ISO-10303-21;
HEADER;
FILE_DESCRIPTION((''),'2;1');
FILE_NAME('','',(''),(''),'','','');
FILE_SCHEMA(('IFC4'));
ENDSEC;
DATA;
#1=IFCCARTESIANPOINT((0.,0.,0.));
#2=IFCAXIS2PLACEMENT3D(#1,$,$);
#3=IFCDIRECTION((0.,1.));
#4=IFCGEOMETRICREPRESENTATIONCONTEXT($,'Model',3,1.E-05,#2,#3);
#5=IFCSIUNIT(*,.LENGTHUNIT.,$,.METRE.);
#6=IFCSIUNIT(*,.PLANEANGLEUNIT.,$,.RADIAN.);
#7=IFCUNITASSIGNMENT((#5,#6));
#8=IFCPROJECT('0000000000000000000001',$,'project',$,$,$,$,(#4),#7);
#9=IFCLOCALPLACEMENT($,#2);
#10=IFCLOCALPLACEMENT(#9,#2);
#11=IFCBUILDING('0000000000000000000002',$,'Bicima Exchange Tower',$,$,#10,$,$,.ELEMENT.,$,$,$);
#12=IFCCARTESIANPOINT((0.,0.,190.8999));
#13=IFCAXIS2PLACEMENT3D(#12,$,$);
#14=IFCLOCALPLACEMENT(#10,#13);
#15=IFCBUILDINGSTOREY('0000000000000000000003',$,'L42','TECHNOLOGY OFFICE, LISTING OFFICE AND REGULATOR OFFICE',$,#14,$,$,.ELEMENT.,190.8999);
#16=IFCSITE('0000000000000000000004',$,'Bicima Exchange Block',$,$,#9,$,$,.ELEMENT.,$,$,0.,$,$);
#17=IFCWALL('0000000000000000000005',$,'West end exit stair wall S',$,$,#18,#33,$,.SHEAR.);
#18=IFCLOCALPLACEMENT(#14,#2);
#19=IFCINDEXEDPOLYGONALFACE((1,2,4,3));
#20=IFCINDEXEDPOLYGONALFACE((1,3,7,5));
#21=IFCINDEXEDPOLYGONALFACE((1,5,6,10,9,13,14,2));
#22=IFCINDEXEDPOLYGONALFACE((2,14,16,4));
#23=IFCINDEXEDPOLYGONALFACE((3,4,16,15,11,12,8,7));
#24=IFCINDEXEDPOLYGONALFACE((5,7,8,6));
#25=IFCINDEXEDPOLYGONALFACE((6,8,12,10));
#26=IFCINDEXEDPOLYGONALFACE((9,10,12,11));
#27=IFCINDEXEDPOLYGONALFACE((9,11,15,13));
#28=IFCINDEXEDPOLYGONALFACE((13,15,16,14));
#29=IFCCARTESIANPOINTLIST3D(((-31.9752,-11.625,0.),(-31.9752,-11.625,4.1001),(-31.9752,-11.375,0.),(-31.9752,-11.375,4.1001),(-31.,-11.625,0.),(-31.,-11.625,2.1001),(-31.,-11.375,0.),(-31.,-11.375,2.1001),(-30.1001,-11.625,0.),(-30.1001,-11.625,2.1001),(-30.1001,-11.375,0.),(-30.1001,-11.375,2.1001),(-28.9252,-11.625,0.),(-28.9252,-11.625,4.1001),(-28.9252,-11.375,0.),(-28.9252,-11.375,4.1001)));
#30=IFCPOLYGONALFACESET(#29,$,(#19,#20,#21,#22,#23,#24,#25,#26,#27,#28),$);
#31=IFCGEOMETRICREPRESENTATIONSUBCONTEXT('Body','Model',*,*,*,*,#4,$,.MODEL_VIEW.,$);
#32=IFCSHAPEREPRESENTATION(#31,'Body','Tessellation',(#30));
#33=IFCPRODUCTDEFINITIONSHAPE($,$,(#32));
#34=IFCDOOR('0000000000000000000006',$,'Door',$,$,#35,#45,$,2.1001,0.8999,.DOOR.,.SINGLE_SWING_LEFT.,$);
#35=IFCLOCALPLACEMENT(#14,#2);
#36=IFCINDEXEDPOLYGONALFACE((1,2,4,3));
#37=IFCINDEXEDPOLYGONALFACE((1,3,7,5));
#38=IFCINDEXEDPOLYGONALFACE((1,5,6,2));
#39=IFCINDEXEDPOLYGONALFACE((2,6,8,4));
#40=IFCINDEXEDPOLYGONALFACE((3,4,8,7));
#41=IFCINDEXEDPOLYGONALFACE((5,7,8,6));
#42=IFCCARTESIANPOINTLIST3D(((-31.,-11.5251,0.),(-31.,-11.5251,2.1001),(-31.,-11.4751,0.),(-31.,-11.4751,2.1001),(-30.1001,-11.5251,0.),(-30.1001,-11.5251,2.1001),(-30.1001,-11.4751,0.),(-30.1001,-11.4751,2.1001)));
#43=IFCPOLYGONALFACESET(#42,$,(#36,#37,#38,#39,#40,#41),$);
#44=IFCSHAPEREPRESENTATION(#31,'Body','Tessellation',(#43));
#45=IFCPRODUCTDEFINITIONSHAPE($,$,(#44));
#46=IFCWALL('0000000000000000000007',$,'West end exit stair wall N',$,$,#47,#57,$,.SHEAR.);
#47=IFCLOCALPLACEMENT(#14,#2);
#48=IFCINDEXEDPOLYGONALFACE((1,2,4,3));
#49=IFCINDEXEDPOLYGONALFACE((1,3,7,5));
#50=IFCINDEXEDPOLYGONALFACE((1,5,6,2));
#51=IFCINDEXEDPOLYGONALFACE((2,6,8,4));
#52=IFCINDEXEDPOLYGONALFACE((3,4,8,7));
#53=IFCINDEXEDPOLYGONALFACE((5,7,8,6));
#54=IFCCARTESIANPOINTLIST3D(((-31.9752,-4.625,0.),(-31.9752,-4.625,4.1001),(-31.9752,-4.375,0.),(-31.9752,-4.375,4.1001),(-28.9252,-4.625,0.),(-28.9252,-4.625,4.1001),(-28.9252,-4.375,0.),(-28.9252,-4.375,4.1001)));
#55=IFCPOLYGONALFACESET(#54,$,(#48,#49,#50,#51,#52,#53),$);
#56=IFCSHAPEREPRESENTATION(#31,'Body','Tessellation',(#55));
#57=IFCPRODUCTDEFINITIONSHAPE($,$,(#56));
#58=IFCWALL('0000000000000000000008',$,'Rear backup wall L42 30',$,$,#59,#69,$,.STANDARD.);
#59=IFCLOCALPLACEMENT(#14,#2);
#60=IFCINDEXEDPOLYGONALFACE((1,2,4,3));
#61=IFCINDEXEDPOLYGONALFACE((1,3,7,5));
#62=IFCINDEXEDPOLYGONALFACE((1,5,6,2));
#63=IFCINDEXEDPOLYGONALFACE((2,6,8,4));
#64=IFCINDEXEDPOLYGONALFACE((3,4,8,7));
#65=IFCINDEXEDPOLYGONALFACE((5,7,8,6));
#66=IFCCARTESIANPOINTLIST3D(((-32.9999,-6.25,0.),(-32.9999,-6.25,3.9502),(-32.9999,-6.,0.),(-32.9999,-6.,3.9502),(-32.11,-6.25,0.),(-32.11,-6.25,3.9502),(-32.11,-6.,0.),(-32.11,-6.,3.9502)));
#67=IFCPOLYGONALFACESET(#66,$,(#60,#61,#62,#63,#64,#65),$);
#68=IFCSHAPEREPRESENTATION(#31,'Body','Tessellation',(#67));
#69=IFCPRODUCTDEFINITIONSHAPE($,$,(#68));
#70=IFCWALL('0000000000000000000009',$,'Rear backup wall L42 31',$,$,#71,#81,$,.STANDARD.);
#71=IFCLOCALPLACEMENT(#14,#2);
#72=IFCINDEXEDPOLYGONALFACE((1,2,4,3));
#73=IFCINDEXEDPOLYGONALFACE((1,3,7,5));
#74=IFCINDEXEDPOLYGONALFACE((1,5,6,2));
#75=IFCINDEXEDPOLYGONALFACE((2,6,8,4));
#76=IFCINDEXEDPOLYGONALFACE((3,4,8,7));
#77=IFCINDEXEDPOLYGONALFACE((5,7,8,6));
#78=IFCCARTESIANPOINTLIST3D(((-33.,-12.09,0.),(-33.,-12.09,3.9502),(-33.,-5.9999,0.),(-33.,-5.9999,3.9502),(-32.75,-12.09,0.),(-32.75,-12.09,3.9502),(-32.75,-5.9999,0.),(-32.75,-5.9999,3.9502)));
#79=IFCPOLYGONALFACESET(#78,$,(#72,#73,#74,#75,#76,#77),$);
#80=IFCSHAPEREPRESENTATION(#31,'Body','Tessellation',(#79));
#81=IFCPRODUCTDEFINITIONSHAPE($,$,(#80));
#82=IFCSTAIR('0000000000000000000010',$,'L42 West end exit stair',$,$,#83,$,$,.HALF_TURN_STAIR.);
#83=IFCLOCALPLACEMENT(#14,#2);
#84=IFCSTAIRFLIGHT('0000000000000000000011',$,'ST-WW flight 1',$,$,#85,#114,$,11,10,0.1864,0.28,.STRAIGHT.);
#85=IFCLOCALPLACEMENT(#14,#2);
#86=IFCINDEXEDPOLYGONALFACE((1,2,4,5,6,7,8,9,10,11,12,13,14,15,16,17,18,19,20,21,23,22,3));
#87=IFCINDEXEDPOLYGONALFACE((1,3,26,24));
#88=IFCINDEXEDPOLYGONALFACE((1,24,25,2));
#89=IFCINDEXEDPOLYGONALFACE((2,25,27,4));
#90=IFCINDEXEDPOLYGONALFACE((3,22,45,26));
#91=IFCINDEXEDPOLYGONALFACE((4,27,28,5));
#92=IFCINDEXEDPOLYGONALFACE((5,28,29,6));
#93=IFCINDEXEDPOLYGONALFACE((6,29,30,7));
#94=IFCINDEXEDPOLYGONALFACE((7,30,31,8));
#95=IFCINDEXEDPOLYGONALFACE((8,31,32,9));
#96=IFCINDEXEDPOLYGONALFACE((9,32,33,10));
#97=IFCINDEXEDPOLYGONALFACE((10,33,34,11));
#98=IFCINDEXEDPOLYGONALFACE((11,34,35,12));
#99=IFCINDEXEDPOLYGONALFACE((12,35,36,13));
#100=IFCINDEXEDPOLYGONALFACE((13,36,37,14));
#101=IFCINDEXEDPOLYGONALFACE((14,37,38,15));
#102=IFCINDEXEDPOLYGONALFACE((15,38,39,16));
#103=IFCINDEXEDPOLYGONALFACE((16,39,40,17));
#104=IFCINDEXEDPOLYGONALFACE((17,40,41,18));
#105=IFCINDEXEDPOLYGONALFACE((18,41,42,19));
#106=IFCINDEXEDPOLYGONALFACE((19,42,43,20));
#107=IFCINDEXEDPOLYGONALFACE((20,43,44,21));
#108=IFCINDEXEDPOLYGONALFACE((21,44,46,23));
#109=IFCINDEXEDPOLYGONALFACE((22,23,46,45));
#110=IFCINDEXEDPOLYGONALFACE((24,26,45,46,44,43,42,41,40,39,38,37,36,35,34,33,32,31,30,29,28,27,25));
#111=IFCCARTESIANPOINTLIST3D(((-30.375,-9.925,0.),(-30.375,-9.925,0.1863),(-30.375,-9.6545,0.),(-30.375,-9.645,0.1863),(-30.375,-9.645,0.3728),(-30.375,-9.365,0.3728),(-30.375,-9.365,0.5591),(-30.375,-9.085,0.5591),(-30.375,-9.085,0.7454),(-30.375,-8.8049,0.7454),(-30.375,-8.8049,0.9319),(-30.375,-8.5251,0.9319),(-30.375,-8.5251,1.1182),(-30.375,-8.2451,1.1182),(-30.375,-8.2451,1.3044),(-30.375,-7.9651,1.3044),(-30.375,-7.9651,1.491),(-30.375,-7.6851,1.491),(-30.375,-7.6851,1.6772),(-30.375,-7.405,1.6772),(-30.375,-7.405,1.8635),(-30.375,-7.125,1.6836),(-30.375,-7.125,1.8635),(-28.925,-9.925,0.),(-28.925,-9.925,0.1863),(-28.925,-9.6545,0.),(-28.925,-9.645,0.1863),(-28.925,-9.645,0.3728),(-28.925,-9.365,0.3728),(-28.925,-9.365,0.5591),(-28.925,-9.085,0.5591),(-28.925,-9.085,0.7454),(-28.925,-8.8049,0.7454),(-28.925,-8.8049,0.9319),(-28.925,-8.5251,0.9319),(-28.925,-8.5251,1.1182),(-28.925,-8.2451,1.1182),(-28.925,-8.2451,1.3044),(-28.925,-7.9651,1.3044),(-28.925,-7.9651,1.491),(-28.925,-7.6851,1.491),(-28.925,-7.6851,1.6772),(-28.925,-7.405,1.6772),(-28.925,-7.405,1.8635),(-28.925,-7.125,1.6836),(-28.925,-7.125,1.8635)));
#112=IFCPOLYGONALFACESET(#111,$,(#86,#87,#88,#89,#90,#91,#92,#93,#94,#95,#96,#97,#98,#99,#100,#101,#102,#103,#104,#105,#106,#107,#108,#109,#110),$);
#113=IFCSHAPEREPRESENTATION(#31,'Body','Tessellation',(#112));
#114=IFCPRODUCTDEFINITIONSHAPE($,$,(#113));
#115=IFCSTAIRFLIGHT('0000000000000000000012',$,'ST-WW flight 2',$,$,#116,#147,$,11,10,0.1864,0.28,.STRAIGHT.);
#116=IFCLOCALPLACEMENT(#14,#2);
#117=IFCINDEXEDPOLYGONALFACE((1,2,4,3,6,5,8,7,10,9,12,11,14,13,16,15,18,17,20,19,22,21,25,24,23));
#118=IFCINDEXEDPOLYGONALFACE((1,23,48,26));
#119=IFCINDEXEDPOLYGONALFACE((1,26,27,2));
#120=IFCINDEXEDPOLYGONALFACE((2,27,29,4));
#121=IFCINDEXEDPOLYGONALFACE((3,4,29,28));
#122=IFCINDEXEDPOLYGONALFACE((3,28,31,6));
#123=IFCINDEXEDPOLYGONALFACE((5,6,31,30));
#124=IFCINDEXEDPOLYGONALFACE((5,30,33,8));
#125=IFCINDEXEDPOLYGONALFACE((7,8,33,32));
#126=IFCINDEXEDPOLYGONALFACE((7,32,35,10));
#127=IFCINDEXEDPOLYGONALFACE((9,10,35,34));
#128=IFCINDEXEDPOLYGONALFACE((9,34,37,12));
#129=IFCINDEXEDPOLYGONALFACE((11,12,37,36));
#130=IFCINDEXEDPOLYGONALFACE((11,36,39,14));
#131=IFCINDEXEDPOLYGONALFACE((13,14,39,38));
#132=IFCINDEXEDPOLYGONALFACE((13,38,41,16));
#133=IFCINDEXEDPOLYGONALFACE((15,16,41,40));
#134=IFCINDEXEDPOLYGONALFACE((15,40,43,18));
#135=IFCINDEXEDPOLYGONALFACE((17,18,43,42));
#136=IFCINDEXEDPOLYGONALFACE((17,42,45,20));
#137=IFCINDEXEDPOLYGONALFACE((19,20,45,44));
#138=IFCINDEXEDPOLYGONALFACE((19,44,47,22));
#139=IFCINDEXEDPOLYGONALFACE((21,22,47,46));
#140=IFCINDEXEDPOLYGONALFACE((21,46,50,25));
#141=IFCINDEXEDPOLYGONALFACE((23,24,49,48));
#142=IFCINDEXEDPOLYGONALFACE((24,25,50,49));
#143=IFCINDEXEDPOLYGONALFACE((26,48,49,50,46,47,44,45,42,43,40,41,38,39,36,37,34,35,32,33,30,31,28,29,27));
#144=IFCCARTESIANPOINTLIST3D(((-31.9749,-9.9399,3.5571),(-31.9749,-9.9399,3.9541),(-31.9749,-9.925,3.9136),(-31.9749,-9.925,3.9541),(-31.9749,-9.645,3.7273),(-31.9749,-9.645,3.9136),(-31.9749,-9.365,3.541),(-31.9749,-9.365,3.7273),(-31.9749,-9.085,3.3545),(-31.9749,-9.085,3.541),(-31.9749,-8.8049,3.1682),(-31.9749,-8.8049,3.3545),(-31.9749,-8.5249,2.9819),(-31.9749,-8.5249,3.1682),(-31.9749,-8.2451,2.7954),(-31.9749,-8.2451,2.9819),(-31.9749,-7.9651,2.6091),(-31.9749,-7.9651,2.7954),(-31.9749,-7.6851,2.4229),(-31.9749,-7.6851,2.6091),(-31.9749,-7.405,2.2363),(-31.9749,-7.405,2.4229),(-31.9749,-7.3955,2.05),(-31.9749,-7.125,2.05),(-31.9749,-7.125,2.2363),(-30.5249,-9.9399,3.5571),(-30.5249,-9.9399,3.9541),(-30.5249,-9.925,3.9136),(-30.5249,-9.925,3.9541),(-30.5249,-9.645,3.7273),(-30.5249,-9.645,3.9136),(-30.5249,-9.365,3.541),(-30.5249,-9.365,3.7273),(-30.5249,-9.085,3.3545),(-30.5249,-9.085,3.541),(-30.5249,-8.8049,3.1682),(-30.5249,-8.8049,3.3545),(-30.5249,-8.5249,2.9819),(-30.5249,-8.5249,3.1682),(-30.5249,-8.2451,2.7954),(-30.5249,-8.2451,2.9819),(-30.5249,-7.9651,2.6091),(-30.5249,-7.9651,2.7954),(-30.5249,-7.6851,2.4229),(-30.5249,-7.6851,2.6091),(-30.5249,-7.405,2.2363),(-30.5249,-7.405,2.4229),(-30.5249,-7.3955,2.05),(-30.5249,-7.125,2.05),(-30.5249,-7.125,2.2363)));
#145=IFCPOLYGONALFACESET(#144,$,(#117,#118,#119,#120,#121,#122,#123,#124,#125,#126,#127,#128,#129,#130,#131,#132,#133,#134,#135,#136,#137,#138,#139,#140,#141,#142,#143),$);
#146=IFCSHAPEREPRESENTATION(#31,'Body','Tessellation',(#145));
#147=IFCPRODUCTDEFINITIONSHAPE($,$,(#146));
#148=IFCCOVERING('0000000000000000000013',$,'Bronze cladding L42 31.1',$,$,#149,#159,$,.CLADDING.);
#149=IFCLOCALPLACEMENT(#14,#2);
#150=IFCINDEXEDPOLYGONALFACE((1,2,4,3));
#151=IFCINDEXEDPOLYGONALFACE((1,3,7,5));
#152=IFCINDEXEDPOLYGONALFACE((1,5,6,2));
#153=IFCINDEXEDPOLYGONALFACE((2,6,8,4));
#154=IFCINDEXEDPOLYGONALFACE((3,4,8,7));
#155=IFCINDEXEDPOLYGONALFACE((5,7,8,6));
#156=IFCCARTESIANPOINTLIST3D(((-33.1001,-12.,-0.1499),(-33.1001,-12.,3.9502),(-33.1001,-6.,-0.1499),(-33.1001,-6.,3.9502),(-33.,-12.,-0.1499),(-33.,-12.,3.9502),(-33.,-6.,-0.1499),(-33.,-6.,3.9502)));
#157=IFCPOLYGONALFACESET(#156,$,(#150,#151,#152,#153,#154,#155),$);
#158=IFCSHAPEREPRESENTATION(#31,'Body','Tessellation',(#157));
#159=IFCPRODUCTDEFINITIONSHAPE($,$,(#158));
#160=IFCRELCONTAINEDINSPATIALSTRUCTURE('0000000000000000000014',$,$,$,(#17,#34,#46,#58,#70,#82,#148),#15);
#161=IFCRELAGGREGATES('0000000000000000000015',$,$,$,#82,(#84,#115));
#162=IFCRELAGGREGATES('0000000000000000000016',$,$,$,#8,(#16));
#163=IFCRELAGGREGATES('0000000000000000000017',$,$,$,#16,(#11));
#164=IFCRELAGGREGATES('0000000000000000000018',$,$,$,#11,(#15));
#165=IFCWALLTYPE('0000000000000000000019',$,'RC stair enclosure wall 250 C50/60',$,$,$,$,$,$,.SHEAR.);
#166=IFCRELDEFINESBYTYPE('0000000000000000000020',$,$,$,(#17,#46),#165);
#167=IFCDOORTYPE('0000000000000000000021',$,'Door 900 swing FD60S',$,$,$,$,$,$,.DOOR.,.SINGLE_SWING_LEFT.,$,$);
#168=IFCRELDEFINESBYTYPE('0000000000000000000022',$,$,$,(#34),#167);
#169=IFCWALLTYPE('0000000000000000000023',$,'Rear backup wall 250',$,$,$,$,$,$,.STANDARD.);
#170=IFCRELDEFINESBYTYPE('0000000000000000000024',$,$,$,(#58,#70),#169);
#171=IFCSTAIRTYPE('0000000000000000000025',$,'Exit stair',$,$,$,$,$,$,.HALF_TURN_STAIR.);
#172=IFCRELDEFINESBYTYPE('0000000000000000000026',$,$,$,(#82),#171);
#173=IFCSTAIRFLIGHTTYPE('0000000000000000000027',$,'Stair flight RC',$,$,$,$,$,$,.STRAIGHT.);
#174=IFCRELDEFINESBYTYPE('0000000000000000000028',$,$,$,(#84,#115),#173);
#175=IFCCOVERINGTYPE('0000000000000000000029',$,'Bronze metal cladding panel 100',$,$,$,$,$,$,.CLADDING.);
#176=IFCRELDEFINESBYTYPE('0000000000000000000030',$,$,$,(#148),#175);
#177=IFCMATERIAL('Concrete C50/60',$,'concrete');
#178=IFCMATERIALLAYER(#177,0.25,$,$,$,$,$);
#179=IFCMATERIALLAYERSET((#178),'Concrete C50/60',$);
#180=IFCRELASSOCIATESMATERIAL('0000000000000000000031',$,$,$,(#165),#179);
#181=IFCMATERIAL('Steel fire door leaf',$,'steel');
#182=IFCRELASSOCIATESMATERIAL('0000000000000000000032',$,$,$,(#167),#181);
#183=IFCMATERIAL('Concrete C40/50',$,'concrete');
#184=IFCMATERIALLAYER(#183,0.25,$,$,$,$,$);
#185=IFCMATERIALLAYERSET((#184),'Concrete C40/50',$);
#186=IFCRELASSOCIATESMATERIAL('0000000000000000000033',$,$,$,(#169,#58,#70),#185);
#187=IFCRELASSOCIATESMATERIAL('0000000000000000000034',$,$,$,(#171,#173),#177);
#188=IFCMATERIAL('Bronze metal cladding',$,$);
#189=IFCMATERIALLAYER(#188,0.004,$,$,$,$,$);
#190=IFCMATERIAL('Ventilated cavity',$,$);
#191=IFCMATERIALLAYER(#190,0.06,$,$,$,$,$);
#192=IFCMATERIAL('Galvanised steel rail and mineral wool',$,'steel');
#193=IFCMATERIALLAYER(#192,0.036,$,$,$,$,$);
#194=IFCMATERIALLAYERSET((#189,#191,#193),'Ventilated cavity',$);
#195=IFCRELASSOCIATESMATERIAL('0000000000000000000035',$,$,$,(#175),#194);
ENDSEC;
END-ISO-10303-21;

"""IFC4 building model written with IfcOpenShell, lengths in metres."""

from ifc_helpers import new_model, si_unit, direction, frame, frame_2d, origin, origin_2d, place, context, subcontext, project, spatial, polyline, rectangle, outline, extrude, material, layer, layer_set, layer_usage, type_object, element, fill, aggregate, save


model = new_model("IFC4")

# Units and contexts
model_context = context("Model", 3, precision=1e-05, world=origin(), true_north=direction((0.0, 1.0)))
body_context = subcontext(model_context, "Body", "Model", "MODEL_VIEW")
ifc_project = project(units=[si_unit("LENGTHUNIT", "METRE"), si_unit("PLANEANGLEUNIT", "RADIAN")], contexts=[model_context])

# Site, building, storey
site_placement = place(None, origin())
site = spatial("IfcSite", under=ifc_project, at=site_placement, Name="Bicima Exchange Block", CompositionType="ELEMENT", RefElevation=0.0)
building_placement = place(site_placement, origin())
building = spatial("IfcBuilding", under=site, at=building_placement, Name="Bicima Exchange Tower", CompositionType="ELEMENT")
storey_placement = place(building_placement, frame((0.0, 0.0, 190.8999)))
storey = spatial("IfcBuildingStorey", under=building, at=storey_placement, Name="L42", Description="TECHNOLOGY OFFICE, LISTING OFFICE AND REGULATOR OFFICE", CompositionType="ELEMENT", Elevation=190.8999)

# Shared definitions
ifc_material_1 = material(Name="Concrete C50/60", Category="concrete")
ifc_layer_1 = layer(ifc_material_1, 0.25)
ifc_layer_set_1 = layer_set([ifc_layer_1], Name="Concrete C50/60")
wall_type_1 = type_object("IfcWallType", Name="RC stair enclosure wall 250 C50/60", PredefinedType="SHEAR", material=ifc_layer_set_1)

# Wall, opening, door
wall_1_placement = place(storey_placement, frame((-31.9751, -11.5, 0.0), z_axis=(0.0, 0.0, 1.0), x_axis=(1.0, 0.0, 0.0)))
wall_1 = element("IfcWall", 1, at=wall_1_placement, inside=storey, type_object=wall_type_1, Name="West end exit stair wall S", PredefinedType="SHEAR", context=body_context, shape_type="SweptSolid", body=[
    extrude(rectangle(XDim=3.05, YDim=0.25, at=frame_2d((1.5249, 0.0))), origin(), (0.0, 0.0, 1.0), 4.1001),
])
opening_placement = place(wall_1_placement, frame((0.9751, 0.0, 0.0)))
opening = element("IfcOpeningElement", 2, at=opening_placement, cuts=wall_1, PredefinedType="OPENING", context=body_context, shape_type="SweptSolid", body=[
    extrude(rectangle(XDim=0.8999, YDim=2.1001, at=frame_2d((0.45, 1.05))), frame((0.0, 0.137, 0.0), z_axis=(0.0, -1.0, 0.0), x_axis=(1.0, 0.0, 0.0)), (0.0, 0.0, 1.0), 0.2739),
])
ifc_material_2 = material(Name="Steel fire door leaf", Category="steel")
door_type = type_object("IfcDoorType", Name="Door 900 swing FD60S", OperationType="SINGLE_SWING_LEFT", PredefinedType="DOOR", material=ifc_material_2)
door_placement = place(opening_placement, origin())
door = element("IfcDoor", 3, at=door_placement, inside=storey, type_object=door_type, Name="Door", OperationType="SINGLE_SWING_LEFT", OverallHeight=2.1001, OverallWidth=0.8999, PredefinedType="DOOR", context=body_context, shape_type="SweptSolid", body=[
    extrude(rectangle(XDim=0.8999, YDim=2.1001, at=frame_2d((0.45, 1.05))), frame((0.0, 0.0249, 0.0), z_axis=(0.0, -1.0, 0.0), x_axis=(1.0, 0.0, 0.0)), (0.0, 0.0, 1.0), 0.05),
])
fill(opening, door)

# Walls
wall_2_placement = place(storey_placement, frame((-31.9751, -4.5, 0.0), z_axis=(0.0, 0.0, 1.0), x_axis=(1.0, 0.0, 0.0)))
element("IfcWall", 4, at=wall_2_placement, inside=storey, type_object=wall_type_1, Name="West end exit stair wall N", PredefinedType="SHEAR", context=body_context, shape_type="SweptSolid", body=[
    extrude(rectangle(XDim=3.05, YDim=0.25, at=frame_2d((1.5249, 0.0))), origin(), (0.0, 0.0, 1.0), 4.1001),
])
ifc_material_3 = material(Name="Concrete C40/50", Category="concrete")
ifc_layer_2 = layer(ifc_material_3, 0.25)
ifc_layer_set_2 = layer_set([ifc_layer_2], Name="Concrete C40/50")
ifc_layer_usage = layer_usage(ifc_layer_set_2, "AXIS2", "POSITIVE", -0.125)
wall_type_2 = type_object("IfcWallType", Name="Rear backup wall 250", PredefinedType="STANDARD", material=ifc_layer_set_2)
wall_3_placement = place(storey_placement, frame((-32.1101, -6.125, 0.0), z_axis=(0.0, 0.0, 1.0), x_axis=(-1.0, 0.0, 0.0)))
element("IfcWall", 5, at=wall_3_placement, inside=storey, type_object=wall_type_2, material=ifc_layer_usage, Name="Rear backup wall L42 30", PredefinedType="STANDARD", context=body_context, shape_type="SweptSolid", body=[
    extrude(rectangle(XDim=0.8899, YDim=0.25, at=frame_2d((0.4448, 0.0))), origin(), (0.0, 0.0, 1.0), 3.9502),
])
wall_4_placement = place(storey_placement, frame((-32.875, -6.0, 0.0), z_axis=(0.0, 0.0, 1.0), x_axis=(0.0, -1.0, 0.0)))
element("IfcWall", 6, at=wall_4_placement, inside=storey, type_object=wall_type_2, material=ifc_layer_usage, Name="Rear backup wall L42 31", PredefinedType="STANDARD", context=body_context, shape_type="SweptSolid", body=[
    extrude(rectangle(XDim=6.0901, YDim=0.25, at=frame_2d((3.0449, 0.0))), origin(), (0.0, 0.0, 1.0), 3.9502),
])

# Stair, stair flights
stair_type = type_object("IfcStairType", Name="Exit stair", PredefinedType="HALF_TURN_STAIR", material=ifc_material_1)
stair_placement = place(storey_placement, origin())
stair = element("IfcStair", 7, at=stair_placement, inside=storey, type_object=stair_type, Name="L42 West end exit stair", PredefinedType="HALF_TURN_STAIR")
stair_flight_type = type_object("IfcStairFlightType", Name="Stair flight RC", PredefinedType="STRAIGHT", material=ifc_material_1)
stair_flight_1_placement = place(storey_placement, frame((-29.6499, -9.925, 0.0), z_axis=(0.0, 0.0, 1.0), x_axis=(0.0, 1.0, 0.0)))
stair_flight_1 = element("IfcStairFlight", 8, at=stair_flight_1_placement, type_object=stair_flight_type, Name="ST-WW flight 1", NumberOfRisers=11, NumberOfTreads=10, PredefinedType="STRAIGHT", RiserHeight=0.1864, TreadLength=0.28, context=body_context, shape_type="SweptSolid", body=[
    extrude(outline(polyline([(0.0, 0.0), (0.0, 0.1863), (0.28, 0.1863), (0.28, 0.3728), (0.5601, 0.3728), (0.5601, 0.5591), (0.8401, 0.5591), (0.8401, 0.7454), (1.1201, 0.7454), (1.1201, 0.9319), (1.3999, 0.9319), (1.3999, 1.1182), (1.6799, 1.1182), (1.6799, 1.3044), (1.96, 1.3044), (1.96, 1.491), (2.24, 1.491), (2.24, 1.6772), (2.52, 1.6772), (2.52, 1.8635), (2.8, 1.8635), (2.8, 2.05), (2.8, 1.6836), (0.2705, 0.0), (0.0, 0.0)])), frame((0.0, 0.7251, 0.0), z_axis=(0.0, -1.0, 0.0), x_axis=(1.0, 0.0, 0.0)), (0.0, 0.0, 1.0), 1.45),
])
stair_flight_2_placement = place(storey_placement, frame((-31.25, -7.125, 2.05), z_axis=(0.0, 0.0, 1.0), x_axis=(0.0, -1.0, 0.0)))
stair_flight_2 = element("IfcStairFlight", 9, at=stair_flight_2_placement, type_object=stair_flight_type, Name="ST-WW flight 2", NumberOfRisers=11, NumberOfTreads=10, PredefinedType="STRAIGHT", RiserHeight=0.1864, TreadLength=0.28, context=body_context, shape_type="SweptSolid", body=[
    extrude(outline(polyline([(0.0, 0.0), (0.0, 0.1863), (0.28, 0.1863), (0.28, 0.3728), (0.5601, 0.3728), (0.5601, 0.5591), (0.8401, 0.5591), (0.8401, 0.7454), (1.1201, 0.7454), (1.1201, 0.9319), (1.3999, 0.9319), (1.3999, 1.1182), (1.6799, 1.1182), (1.6799, 1.3044), (1.96, 1.3044), (1.96, 1.491), (2.24, 1.491), (2.24, 1.6772), (2.52, 1.6772), (2.52, 1.8635), (2.8, 1.8635), (2.8, 1.9041), (2.8149, 1.9041), (2.8149, 1.5071), (0.2705, 0.0), (0.0, 0.0)])), frame((0.0, 0.7251, 0.0), z_axis=(0.0, -1.0, 0.0), x_axis=(1.0, 0.0, 0.0)), (0.0, 0.0, 1.0), 1.45),
])
aggregate(stair, [stair_flight_1, stair_flight_2])

# Covering
ifc_material_4 = material(Name="Bronze metal cladding")
ifc_layer_3 = layer(ifc_material_4, 0.004)
ifc_material_5 = material(Name="Ventilated cavity")
ifc_layer_4 = layer(ifc_material_5, 0.06)
ifc_material_6 = material(Name="Galvanised steel rail and mineral wool", Category="steel")
ifc_layer_5 = layer(ifc_material_6, 0.036)
ifc_layer_set_3 = layer_set([ifc_layer_3, ifc_layer_4, ifc_layer_5], Name="Ventilated cavity")
covering_type = type_object("IfcCoveringType", Name="Bronze metal cladding panel 100", PredefinedType="CLADDING", material=ifc_layer_set_3)
covering_placement = place(storey_placement, frame((-33.05, -9.0, -0.1499), z_axis=(0.0, 0.0, 1.0), x_axis=(0.0, -1.0, 0.0)))
element("IfcCovering", 10, at=covering_placement, inside=storey, type_object=covering_type, Name="Bronze cladding L42 31.1", PredefinedType="CLADDING", context=body_context, shape_type="SweptSolid", body=[
    extrude(rectangle(XDim=6.0, YDim=0.1001, at=origin_2d()), origin(), (0.0, 0.0, 1.0), 4.1001),
])

save(model, "model.ifc")
